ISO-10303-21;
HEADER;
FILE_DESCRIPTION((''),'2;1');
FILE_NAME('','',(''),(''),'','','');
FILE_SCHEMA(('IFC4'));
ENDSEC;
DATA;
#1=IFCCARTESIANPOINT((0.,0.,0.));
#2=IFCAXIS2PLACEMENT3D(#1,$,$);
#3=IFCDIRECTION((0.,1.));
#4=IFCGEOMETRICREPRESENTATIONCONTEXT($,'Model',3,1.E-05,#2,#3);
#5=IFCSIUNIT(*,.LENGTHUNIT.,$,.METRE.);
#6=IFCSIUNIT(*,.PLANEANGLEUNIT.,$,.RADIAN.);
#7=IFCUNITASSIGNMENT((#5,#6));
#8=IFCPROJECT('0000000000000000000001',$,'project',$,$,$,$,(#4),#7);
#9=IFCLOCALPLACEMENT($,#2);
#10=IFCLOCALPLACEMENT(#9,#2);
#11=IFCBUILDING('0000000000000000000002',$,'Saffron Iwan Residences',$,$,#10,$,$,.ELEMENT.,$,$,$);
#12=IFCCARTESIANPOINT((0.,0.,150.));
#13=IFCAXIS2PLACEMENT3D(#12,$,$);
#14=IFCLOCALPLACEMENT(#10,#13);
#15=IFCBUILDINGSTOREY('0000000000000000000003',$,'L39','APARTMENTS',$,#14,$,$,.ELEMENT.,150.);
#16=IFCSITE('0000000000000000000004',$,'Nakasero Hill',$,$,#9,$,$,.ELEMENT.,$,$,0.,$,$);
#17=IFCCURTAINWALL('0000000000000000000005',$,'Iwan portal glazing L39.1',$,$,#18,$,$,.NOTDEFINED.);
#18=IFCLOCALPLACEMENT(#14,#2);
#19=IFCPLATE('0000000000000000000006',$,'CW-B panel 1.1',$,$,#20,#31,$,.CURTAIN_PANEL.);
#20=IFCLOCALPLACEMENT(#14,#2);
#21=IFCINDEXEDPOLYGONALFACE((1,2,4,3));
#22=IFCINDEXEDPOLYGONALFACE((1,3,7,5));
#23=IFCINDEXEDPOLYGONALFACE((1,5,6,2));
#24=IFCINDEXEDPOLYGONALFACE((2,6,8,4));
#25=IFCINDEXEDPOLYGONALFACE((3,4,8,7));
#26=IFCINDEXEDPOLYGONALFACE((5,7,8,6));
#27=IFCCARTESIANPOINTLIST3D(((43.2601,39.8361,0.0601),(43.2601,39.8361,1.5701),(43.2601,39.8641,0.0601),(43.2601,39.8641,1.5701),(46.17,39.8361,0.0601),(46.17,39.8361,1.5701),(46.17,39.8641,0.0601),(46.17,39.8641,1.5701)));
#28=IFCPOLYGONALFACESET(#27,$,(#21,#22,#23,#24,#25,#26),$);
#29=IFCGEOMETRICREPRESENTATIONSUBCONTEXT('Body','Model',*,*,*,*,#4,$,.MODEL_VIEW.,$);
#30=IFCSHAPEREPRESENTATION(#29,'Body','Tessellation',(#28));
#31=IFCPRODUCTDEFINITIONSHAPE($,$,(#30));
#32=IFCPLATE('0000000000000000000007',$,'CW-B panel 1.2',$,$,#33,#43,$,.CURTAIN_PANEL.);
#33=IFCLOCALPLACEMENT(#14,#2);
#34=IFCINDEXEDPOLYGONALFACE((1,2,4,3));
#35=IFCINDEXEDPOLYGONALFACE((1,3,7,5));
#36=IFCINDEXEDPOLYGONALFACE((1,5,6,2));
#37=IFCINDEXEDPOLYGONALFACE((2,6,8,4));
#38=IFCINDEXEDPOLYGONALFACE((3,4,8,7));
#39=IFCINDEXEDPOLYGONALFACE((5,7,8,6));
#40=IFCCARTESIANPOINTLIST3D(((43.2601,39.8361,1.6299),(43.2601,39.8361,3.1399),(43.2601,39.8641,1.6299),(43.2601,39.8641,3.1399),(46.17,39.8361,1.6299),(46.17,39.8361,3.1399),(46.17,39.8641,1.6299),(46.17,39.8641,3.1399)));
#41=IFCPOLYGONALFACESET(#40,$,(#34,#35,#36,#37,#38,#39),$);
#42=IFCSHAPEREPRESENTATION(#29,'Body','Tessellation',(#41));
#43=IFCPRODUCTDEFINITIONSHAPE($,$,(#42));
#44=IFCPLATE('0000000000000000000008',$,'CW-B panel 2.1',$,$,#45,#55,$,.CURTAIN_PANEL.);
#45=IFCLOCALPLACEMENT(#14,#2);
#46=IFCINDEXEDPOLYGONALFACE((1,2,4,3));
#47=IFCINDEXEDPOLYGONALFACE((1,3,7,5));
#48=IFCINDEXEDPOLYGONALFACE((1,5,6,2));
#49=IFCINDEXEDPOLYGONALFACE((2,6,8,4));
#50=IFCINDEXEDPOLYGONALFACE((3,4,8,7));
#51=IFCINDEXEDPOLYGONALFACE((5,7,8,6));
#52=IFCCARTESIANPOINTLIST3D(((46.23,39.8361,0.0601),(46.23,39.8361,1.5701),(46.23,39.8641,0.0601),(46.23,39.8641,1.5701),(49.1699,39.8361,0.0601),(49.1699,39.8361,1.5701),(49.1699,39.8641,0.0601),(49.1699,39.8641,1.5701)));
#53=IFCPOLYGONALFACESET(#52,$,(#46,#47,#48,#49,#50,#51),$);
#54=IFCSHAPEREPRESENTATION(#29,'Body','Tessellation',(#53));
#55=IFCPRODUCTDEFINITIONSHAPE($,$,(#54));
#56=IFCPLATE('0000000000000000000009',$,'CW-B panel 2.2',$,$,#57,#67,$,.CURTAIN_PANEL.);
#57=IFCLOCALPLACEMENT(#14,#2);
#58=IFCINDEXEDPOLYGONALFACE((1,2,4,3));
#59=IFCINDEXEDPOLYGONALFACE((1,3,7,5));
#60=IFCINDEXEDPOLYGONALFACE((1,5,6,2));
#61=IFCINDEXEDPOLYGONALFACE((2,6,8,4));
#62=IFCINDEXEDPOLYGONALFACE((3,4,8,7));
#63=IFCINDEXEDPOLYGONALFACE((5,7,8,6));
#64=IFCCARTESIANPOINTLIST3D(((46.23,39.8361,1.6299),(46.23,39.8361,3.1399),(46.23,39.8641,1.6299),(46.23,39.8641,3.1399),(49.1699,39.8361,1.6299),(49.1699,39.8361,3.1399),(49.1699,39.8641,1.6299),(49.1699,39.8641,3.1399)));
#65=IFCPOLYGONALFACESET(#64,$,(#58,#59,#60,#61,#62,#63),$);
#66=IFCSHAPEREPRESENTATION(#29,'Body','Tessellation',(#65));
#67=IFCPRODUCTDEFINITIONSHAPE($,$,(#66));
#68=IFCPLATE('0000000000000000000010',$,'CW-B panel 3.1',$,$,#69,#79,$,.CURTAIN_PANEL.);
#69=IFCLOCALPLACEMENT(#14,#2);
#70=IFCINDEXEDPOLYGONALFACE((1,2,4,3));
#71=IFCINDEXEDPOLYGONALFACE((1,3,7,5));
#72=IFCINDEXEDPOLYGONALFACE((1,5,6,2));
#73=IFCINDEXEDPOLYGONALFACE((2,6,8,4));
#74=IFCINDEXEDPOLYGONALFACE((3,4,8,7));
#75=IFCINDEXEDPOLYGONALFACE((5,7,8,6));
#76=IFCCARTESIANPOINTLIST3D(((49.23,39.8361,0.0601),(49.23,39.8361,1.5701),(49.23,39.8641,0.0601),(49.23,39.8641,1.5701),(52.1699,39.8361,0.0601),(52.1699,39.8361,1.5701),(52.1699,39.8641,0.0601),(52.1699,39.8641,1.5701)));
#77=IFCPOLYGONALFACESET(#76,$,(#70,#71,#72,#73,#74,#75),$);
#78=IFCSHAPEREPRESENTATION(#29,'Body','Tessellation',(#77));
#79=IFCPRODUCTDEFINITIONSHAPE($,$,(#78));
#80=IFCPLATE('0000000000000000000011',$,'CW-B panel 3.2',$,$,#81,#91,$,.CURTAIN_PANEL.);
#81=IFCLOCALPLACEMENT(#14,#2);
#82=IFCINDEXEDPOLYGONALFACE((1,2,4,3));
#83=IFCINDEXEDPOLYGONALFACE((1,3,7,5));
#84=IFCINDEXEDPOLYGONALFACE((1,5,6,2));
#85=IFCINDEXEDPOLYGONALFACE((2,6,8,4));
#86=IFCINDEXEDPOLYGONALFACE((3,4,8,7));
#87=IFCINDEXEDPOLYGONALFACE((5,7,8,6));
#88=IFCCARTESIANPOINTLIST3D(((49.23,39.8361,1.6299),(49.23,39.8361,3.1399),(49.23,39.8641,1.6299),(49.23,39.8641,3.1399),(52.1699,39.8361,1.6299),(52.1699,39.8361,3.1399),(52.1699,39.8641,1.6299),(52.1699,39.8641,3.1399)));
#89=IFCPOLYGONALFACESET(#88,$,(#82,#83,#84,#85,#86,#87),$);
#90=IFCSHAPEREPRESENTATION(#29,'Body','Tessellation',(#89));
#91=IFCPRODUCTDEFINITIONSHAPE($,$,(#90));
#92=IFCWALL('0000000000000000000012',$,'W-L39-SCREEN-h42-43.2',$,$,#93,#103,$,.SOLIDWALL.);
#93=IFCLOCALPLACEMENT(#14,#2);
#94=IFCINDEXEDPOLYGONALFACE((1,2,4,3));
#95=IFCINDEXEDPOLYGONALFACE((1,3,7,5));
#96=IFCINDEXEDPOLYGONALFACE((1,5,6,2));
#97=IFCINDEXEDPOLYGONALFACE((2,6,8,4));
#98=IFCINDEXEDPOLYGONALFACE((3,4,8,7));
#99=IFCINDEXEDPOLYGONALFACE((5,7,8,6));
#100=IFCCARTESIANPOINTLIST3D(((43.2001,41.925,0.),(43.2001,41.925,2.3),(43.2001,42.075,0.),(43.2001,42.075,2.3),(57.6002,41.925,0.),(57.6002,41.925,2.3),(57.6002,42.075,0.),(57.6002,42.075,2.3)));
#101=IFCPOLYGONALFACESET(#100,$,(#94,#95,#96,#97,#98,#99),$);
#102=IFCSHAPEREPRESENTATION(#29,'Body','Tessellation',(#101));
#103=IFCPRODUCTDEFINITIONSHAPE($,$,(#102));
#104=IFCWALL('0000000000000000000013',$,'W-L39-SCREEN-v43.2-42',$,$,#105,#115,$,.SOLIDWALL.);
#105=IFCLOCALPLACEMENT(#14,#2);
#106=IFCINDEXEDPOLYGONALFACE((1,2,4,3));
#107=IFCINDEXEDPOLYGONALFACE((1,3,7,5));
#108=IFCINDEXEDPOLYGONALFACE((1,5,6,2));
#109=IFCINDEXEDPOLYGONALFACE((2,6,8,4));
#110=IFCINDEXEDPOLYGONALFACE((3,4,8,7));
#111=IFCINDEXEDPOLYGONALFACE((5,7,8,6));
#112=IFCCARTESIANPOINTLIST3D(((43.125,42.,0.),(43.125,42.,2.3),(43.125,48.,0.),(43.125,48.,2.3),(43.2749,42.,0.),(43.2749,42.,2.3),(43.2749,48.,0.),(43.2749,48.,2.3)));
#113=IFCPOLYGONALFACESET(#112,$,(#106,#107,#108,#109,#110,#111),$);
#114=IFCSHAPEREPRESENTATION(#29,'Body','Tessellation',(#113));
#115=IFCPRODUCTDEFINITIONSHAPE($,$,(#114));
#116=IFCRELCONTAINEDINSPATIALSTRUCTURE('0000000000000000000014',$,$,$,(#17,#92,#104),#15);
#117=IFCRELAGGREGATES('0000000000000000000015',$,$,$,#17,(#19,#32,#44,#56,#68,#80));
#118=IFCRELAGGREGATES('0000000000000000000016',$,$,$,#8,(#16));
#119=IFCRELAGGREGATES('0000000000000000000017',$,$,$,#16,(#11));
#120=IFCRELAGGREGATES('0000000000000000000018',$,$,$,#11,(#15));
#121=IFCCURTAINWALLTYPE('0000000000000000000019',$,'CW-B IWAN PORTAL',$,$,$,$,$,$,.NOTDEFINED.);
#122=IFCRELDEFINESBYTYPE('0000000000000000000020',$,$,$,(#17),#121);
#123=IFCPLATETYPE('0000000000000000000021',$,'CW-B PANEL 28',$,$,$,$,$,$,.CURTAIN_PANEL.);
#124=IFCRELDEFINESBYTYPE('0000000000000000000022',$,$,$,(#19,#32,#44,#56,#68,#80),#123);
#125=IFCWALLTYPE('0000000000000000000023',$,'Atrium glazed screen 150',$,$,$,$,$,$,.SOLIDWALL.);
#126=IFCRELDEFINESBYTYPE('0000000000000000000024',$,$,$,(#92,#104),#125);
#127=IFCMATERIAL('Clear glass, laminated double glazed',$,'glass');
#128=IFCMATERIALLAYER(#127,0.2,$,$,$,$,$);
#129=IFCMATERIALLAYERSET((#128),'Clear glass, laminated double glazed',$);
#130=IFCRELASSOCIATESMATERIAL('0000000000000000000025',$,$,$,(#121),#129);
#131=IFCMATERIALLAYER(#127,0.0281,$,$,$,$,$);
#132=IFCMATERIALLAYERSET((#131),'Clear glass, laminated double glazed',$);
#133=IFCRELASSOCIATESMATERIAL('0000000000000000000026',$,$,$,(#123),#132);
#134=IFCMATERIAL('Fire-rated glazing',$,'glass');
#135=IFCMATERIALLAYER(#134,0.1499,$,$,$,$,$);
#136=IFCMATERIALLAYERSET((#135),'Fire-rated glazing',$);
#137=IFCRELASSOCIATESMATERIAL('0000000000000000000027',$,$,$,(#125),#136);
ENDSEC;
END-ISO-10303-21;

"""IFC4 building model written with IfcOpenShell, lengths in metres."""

from ifc_helpers import new_model, si_unit, direction, frame, frame_2d, origin, origin_2d, place, context, subcontext, project, spatial, rectangle, extrude, source, transform, mapped, material, layer, layer_set, type_object, element, aggregate, save


model = new_model("IFC4")

# Units and contexts
model_context = context("Model", 3, precision=1e-05, world=origin(), true_north=direction((0.0, 1.0)))
body_context = subcontext(model_context, "Body", "Model", "MODEL_VIEW")
ifc_project = project(units=[si_unit("LENGTHUNIT", "METRE"), si_unit("PLANEANGLEUNIT", "RADIAN")], contexts=[model_context])

# Site, building, storey
site_placement = place(None, origin())
site = spatial("IfcSite", under=ifc_project, at=site_placement, Name="Nakasero Hill", CompositionType="ELEMENT", RefElevation=0.0)
building_placement = place(site_placement, origin())
building = spatial("IfcBuilding", under=site, at=building_placement, Name="Saffron Iwan Residences", CompositionType="ELEMENT")
storey_placement = place(building_placement, frame((0.0, 0.0, 150.0)))
storey = spatial("IfcBuildingStorey", under=building, at=storey_placement, Name="L39", Description="APARTMENTS", CompositionType="ELEMENT", Elevation=150.0)

# Curtain wall, plates
ifc_material_1 = material(Name="Clear glass, laminated double glazed", Category="glass")
ifc_layer_1 = layer(ifc_material_1, 0.2)
ifc_layer_set_1 = layer_set([ifc_layer_1], Name="Clear glass, laminated double glazed")
curtain_wall_type = type_object("IfcCurtainWallType", Name="CW-B IWAN PORTAL", PredefinedType="NOTDEFINED", material=ifc_layer_set_1)
curtain_wall_placement = place(storey_placement, origin())
curtain_wall = element("IfcCurtainWall", 1, at=curtain_wall_placement, inside=storey, type_object=curtain_wall_type, Name="Iwan portal glazing L39.1", PredefinedType="NOTDEFINED")
ifc_layer_2 = layer(ifc_material_1, 0.0281)
ifc_layer_set_2 = layer_set([ifc_layer_2], Name="Clear glass, laminated double glazed")
plate_type = type_object("IfcPlateType", Name="CW-B PANEL 28", PredefinedType="CURTAIN_PANEL", material=ifc_layer_set_2)
shared_shape_1 = source(origin(), body_context, "Body", "SweptSolid", [
    extrude(rectangle(XDim=2.9099, YDim=0.0281, at=origin_2d()), origin(), (0.0, 0.0, 1.0), 1.51),
])
plate_1_placement = place(storey_placement, frame((44.7151, 39.8501, 0.0601), z_axis=(0.0, 0.0, 1.0), x_axis=(1.0, 0.0, 0.0)))
plate_1 = element("IfcPlate", 2, at=plate_1_placement, type_object=plate_type, Name="CW-B panel 1.1", PredefinedType="CURTAIN_PANEL", context=body_context, shape_type="MappedRepresentation", body=[
    mapped(shared_shape_1, transform((0.0, 0.0, 0.0))),
])
plate_2_placement = place(storey_placement, frame((44.7151, 39.8501, 1.6299), z_axis=(0.0, 0.0, 1.0), x_axis=(1.0, 0.0, 0.0)))
plate_2 = element("IfcPlate", 3, at=plate_2_placement, type_object=plate_type, Name="CW-B panel 1.2", PredefinedType="CURTAIN_PANEL", context=body_context, shape_type="MappedRepresentation", body=[
    mapped(shared_shape_1, transform((0.0, 0.0, 0.0))),
])
shared_shape_2 = source(origin(), body_context, "Body", "SweptSolid", [
    extrude(rectangle(XDim=2.9399, YDim=0.0281, at=origin_2d()), origin(), (0.0, 0.0, 1.0), 1.51),
])
plate_3_placement = place(storey_placement, frame((47.7, 39.8501, 0.0601), z_axis=(0.0, 0.0, 1.0), x_axis=(1.0, 0.0, 0.0)))
plate_3 = element("IfcPlate", 4, at=plate_3_placement, type_object=plate_type, Name="CW-B panel 2.1", PredefinedType="CURTAIN_PANEL", context=body_context, shape_type="MappedRepresentation", body=[
    mapped(shared_shape_2, transform((0.0, 0.0, 0.0))),
])
plate_4_placement = place(storey_placement, frame((47.7, 39.8501, 1.6299), z_axis=(0.0, 0.0, 1.0), x_axis=(1.0, 0.0, 0.0)))
plate_4 = element("IfcPlate", 5, at=plate_4_placement, type_object=plate_type, Name="CW-B panel 2.2", PredefinedType="CURTAIN_PANEL", context=body_context, shape_type="MappedRepresentation", body=[
    mapped(shared_shape_2, transform((0.0, 0.0, 0.0))),
])
plate_5_placement = place(storey_placement, frame((50.7, 39.8501, 0.0601), z_axis=(0.0, 0.0, 1.0), x_axis=(1.0, 0.0, 0.0)))
plate_5 = element("IfcPlate", 6, at=plate_5_placement, type_object=plate_type, Name="CW-B panel 3.1", PredefinedType="CURTAIN_PANEL", context=body_context, shape_type="MappedRepresentation", body=[
    mapped(shared_shape_2, transform((0.0, 0.0, 0.0))),
])
plate_6_placement = place(storey_placement, frame((50.7, 39.8501, 1.6299), z_axis=(0.0, 0.0, 1.0), x_axis=(1.0, 0.0, 0.0)))
plate_6 = element("IfcPlate", 7, at=plate_6_placement, type_object=plate_type, Name="CW-B panel 3.2", PredefinedType="CURTAIN_PANEL", context=body_context, shape_type="MappedRepresentation", body=[
    mapped(shared_shape_2, transform((0.0, 0.0, 0.0))),
])
aggregate(curtain_wall, [plate_1, plate_2, plate_3, plate_4, plate_5, plate_6])

# Walls
ifc_material_2 = material(Name="Fire-rated glazing", Category="glass")
ifc_layer_3 = layer(ifc_material_2, 0.1499)
ifc_layer_set_3 = layer_set([ifc_layer_3], Name="Fire-rated glazing")
wall_type = type_object("IfcWallType", Name="Atrium glazed screen 150", PredefinedType="SOLIDWALL", material=ifc_layer_set_3)
wall_1_placement = place(storey_placement, frame((43.2, 42.0, 0.0), z_axis=(0.0, 0.0, 1.0), x_axis=(1.0, 0.0, 0.0)))
element("IfcWall", 8, at=wall_1_placement, inside=storey, type_object=wall_type, Name="W-L39-SCREEN-h42-43.2", PredefinedType="SOLIDWALL", context=body_context, shape_type="SweptSolid", body=[
    extrude(rectangle(XDim=14.4001, YDim=0.1499, at=frame_2d((7.2002, 0.0))), origin(), (0.0, 0.0, 1.0), 2.3),
])
wall_2_placement = place(storey_placement, frame((43.2, 42.0, 0.0), z_axis=(0.0, 0.0, 1.0), x_axis=(0.0, 1.0, 0.0)))
element("IfcWall", 9, at=wall_2_placement, inside=storey, type_object=wall_type, Name="W-L39-SCREEN-v43.2-42", PredefinedType="SOLIDWALL", context=body_context, shape_type="SweptSolid", body=[
    extrude(rectangle(XDim=6.0, YDim=0.1499, at=frame_2d((3.0, 0.0))), origin(), (0.0, 0.0, 1.0), 2.3),
])

save(model, "model.ifc")
